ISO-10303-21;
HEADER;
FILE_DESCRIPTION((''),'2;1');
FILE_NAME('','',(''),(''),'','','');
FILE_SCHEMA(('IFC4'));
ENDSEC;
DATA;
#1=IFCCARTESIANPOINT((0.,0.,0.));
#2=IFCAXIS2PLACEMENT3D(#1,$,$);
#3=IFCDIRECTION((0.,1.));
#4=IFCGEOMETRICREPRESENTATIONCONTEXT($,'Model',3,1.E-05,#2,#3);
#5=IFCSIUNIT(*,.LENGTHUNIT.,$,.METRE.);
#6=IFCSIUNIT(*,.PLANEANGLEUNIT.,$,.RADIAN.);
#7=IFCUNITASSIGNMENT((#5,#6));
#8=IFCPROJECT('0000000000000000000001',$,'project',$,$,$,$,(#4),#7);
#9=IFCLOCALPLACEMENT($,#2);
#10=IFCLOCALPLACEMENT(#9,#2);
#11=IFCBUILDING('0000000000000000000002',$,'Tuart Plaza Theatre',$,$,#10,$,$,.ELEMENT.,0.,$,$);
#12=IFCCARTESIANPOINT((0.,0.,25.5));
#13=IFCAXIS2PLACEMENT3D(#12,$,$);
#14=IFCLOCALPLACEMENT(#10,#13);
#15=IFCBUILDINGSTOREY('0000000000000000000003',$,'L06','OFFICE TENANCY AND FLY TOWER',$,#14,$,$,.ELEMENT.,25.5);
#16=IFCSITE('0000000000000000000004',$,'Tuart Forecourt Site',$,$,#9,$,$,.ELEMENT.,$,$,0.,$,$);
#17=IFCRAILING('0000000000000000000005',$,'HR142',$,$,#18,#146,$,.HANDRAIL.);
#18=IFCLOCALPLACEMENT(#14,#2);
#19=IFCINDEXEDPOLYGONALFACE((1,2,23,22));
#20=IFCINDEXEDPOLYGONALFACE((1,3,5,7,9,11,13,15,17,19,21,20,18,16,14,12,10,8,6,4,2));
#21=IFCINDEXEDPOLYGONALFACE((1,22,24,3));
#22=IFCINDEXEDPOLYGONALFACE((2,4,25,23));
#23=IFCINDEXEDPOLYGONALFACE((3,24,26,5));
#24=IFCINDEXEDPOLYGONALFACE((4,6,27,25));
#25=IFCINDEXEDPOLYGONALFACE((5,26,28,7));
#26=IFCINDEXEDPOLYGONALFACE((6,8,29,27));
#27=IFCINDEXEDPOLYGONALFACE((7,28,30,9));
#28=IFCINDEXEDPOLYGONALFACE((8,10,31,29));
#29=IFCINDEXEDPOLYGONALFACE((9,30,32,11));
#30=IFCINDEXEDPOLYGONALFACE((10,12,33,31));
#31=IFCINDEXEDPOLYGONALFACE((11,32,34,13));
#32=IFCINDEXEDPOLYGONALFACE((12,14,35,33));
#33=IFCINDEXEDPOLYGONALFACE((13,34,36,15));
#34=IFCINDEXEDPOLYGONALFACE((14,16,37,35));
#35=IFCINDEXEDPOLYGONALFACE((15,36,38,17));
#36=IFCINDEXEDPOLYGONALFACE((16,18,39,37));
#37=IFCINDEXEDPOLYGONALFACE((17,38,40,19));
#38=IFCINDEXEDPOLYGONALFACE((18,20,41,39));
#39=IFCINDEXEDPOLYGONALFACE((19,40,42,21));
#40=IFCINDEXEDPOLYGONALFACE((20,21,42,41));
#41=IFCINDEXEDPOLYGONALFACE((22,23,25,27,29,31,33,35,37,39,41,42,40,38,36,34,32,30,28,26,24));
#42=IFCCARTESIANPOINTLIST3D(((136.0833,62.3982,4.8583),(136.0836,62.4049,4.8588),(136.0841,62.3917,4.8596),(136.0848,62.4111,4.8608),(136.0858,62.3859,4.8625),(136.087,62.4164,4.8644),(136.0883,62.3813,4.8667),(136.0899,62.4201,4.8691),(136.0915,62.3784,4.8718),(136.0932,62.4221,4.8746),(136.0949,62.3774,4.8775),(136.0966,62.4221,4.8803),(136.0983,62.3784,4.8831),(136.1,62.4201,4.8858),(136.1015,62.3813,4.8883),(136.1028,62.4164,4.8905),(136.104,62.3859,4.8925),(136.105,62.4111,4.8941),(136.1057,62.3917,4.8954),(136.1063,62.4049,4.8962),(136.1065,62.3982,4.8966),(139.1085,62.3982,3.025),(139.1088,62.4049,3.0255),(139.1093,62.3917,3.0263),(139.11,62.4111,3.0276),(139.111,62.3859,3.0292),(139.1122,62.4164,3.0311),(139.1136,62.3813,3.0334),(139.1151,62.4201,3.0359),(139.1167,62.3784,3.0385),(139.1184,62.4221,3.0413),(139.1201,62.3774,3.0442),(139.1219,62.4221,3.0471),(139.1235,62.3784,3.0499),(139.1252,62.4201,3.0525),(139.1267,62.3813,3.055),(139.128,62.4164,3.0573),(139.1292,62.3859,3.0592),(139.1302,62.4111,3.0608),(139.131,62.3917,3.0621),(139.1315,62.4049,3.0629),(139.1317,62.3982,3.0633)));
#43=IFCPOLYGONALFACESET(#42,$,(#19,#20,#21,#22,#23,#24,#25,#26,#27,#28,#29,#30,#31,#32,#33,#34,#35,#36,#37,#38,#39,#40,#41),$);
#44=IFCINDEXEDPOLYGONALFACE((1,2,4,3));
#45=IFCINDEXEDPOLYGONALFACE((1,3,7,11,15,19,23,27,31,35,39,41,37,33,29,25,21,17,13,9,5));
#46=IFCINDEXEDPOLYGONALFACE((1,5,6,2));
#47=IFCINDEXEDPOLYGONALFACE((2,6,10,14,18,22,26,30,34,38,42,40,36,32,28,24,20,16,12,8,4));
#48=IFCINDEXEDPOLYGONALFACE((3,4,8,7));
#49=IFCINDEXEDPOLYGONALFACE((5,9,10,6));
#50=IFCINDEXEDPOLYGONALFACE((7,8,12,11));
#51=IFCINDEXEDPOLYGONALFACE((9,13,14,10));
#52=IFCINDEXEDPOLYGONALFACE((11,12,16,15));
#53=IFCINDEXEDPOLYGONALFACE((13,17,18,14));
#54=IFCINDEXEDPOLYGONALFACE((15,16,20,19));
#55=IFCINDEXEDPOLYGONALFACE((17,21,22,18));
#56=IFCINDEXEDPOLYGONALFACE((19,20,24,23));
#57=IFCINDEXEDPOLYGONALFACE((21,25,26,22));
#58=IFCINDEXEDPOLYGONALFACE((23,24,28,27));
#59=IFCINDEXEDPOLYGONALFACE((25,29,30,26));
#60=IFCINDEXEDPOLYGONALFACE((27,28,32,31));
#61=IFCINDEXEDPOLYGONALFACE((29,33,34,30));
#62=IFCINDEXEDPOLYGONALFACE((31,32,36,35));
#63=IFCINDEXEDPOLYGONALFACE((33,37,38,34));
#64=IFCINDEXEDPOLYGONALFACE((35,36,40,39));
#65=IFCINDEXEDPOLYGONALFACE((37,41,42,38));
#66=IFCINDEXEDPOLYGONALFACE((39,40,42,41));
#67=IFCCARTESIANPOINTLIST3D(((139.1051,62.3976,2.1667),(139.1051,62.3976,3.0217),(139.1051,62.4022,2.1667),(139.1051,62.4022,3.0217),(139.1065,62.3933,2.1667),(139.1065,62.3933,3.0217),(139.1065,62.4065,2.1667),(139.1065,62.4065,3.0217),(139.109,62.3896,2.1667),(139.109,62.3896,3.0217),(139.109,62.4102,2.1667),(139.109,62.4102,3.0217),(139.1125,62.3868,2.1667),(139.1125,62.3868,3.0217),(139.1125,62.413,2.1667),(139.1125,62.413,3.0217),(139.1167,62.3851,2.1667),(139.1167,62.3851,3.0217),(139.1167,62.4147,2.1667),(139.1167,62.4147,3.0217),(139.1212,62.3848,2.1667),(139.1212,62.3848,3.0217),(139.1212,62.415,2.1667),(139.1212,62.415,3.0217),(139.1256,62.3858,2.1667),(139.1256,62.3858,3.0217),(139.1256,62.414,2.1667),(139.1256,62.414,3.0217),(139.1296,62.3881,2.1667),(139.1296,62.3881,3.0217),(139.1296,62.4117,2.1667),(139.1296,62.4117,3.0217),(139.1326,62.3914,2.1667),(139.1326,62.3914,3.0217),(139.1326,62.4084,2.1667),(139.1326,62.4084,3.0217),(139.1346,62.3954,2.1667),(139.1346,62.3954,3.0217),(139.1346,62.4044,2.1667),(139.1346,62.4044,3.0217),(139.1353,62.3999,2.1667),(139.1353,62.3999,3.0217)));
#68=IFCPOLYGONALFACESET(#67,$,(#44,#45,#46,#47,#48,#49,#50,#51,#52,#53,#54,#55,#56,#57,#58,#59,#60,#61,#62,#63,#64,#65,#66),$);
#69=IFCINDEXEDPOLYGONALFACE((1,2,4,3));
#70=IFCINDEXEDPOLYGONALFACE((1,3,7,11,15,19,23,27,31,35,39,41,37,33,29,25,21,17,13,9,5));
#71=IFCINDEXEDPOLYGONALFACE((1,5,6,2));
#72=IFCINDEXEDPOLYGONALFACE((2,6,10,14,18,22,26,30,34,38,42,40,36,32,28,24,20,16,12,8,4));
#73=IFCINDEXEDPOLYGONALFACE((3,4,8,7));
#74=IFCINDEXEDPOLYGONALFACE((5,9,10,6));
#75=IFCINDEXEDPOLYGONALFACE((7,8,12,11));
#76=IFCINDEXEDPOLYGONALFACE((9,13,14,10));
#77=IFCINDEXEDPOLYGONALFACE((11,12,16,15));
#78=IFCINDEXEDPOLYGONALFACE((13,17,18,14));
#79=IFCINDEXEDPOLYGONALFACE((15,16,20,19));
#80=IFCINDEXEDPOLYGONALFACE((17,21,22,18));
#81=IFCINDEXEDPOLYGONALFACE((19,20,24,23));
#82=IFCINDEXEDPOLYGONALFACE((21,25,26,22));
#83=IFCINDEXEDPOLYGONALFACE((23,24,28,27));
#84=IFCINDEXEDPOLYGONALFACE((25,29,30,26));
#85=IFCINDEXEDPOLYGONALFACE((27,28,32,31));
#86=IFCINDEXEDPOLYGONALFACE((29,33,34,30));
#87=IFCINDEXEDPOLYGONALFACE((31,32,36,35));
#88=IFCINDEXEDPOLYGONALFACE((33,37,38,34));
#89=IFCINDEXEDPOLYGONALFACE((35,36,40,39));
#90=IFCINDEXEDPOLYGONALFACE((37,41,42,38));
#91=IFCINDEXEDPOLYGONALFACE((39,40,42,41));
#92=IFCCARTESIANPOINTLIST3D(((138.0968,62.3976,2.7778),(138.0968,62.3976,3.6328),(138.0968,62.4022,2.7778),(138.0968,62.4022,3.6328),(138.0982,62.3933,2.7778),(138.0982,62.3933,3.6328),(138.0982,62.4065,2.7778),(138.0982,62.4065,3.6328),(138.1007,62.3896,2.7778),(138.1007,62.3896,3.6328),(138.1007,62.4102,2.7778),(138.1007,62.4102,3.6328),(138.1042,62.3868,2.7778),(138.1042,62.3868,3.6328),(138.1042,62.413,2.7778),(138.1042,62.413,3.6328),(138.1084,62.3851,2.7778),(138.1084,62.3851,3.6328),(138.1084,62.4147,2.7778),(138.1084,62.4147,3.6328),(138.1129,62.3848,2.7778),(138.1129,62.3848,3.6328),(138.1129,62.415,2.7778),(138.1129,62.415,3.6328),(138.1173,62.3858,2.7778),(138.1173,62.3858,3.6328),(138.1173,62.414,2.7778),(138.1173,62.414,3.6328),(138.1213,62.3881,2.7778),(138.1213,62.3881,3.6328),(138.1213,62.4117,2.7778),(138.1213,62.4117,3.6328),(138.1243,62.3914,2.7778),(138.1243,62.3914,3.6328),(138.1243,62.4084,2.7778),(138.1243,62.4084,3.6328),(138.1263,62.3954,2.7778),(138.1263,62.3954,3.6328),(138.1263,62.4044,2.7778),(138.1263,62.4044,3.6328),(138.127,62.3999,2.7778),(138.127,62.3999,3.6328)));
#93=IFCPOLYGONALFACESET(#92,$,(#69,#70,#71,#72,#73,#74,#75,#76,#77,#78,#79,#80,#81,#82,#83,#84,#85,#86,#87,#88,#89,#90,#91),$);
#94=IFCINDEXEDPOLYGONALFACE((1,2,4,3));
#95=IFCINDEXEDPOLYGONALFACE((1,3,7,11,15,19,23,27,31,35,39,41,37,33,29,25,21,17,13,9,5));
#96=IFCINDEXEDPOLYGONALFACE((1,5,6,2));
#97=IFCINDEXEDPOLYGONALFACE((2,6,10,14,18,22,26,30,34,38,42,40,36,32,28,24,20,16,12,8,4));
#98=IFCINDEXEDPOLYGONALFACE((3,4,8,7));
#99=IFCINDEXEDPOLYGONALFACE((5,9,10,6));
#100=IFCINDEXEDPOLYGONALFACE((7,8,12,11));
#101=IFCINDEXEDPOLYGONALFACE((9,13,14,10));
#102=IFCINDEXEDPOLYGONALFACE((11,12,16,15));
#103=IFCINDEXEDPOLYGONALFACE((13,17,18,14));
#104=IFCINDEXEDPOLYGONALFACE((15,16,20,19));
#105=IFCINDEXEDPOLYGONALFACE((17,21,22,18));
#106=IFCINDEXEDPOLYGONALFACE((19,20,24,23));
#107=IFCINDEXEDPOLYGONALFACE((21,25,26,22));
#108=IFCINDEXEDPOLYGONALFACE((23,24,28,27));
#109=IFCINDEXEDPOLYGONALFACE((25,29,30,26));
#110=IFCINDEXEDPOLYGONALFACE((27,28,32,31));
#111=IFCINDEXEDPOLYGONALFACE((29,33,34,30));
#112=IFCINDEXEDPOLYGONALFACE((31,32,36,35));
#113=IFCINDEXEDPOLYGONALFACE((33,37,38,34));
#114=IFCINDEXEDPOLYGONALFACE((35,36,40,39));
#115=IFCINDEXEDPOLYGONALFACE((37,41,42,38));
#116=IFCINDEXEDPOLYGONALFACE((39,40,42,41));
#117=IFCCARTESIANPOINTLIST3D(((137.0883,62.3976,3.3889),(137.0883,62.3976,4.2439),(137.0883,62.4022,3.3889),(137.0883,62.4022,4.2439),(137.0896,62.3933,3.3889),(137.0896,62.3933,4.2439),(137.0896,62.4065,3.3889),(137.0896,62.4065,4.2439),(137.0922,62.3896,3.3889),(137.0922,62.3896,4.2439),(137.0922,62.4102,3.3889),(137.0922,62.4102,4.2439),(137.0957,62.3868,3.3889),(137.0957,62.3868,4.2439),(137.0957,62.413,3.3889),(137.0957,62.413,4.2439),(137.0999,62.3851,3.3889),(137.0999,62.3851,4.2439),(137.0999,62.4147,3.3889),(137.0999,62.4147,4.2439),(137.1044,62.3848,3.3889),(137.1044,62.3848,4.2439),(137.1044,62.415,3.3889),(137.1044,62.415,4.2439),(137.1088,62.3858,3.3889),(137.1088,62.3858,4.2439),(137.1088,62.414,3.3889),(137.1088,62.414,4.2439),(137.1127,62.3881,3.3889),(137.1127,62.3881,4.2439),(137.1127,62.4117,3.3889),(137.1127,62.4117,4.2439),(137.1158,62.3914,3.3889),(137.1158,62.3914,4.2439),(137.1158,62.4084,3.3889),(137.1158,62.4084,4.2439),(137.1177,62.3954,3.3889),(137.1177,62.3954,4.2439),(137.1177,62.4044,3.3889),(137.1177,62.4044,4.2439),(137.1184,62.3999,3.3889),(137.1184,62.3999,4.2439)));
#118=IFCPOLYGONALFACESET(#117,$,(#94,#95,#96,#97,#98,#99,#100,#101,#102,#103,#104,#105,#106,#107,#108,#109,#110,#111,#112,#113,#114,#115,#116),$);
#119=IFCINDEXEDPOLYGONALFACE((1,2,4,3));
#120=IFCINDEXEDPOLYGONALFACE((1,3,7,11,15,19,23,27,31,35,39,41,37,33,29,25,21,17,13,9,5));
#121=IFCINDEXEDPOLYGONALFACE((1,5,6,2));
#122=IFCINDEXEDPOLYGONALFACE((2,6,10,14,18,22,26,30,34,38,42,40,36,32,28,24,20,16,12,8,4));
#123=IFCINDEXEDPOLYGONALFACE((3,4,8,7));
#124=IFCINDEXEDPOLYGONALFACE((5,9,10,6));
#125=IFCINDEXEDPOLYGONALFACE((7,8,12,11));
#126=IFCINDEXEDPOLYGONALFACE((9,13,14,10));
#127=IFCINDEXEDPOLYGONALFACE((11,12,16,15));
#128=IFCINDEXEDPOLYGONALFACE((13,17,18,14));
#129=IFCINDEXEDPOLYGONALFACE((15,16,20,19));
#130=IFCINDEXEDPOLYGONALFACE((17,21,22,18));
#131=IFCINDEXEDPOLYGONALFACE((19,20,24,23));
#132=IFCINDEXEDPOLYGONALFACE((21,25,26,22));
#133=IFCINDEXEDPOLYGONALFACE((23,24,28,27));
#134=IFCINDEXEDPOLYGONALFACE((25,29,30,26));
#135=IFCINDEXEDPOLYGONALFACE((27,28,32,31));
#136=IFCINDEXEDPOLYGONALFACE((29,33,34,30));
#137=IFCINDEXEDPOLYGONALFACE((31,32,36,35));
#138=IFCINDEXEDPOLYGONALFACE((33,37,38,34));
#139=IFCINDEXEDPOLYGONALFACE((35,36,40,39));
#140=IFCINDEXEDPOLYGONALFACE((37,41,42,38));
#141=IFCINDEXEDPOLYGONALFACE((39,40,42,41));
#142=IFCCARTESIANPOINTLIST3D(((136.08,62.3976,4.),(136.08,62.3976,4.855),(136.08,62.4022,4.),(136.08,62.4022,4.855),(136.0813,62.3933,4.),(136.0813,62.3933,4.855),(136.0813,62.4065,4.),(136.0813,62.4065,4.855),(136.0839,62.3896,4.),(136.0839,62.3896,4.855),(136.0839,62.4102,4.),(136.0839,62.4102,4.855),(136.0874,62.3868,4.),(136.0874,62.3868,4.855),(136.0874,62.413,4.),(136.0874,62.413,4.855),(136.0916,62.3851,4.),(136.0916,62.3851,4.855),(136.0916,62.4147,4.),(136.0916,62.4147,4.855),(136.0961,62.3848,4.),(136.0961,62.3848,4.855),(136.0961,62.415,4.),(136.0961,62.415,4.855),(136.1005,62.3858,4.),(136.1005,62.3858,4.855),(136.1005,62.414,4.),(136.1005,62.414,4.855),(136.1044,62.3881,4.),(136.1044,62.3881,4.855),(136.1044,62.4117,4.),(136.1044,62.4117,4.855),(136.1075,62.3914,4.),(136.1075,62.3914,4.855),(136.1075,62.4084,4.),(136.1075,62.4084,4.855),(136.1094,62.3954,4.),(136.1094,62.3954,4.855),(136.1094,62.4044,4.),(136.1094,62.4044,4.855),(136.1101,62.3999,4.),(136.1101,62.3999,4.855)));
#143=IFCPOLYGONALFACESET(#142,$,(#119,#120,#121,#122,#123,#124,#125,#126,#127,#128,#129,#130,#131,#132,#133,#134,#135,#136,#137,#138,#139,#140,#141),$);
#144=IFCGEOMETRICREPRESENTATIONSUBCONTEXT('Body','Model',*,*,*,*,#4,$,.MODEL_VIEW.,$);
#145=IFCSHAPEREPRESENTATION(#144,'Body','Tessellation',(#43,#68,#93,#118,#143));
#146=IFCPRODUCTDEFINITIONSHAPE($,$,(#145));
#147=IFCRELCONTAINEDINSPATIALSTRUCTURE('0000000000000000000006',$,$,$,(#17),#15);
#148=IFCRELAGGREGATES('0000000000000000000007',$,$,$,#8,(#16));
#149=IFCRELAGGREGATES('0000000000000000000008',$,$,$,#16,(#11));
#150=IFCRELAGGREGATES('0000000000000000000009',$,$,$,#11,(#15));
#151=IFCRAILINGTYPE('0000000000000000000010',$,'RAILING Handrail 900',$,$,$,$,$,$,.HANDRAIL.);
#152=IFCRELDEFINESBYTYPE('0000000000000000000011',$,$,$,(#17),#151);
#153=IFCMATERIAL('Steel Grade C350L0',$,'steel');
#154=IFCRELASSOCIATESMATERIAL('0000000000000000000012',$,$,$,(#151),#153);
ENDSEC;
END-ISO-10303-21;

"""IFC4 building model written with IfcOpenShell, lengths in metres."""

from ifc_helpers import new_model, si_unit, direction, frame, origin, origin_2d, place, context, subcontext, project, spatial, circle, extrude, material, type_object, element, save


model = new_model("IFC4")

# Units and contexts
model_context = context("Model", 3, precision=1e-05, world=origin(), true_north=direction((0.0, 1.0)))
body_context = subcontext(model_context, "Body", "Model", "MODEL_VIEW")
ifc_project = project(units=[si_unit("LENGTHUNIT", "METRE"), si_unit("PLANEANGLEUNIT", "RADIAN")], contexts=[model_context])

# Site, building, storey
site_placement = place(None, origin())
site = spatial("IfcSite", under=ifc_project, at=site_placement, Name="Tuart Forecourt Site", CompositionType="ELEMENT", RefElevation=0.0)
building_placement = place(site_placement, origin())
building = spatial("IfcBuilding", under=site, at=building_placement, Name="Tuart Plaza Theatre", CompositionType="ELEMENT", ElevationOfRefHeight=0.0)
storey_placement = place(building_placement, frame((0.0, 0.0, 25.5)))
storey = spatial("IfcBuildingStorey", under=building, at=storey_placement, Name="L06", Description="OFFICE TENANCY AND FLY TOWER", CompositionType="ELEMENT", Elevation=25.5)

# Railing
ifc_material_1 = material(Name="Steel Grade C350L0", Category="steel")
railing_type_1 = type_object("IfcRailingType", Name="RAILING Handrail 900", PredefinedType="HANDRAIL", material=ifc_material_1)
for number, where, name in (
    (1, (139.1201, 62.3999, 2.1667), "HR142"),
):
    element("IfcRailing", number, at=place(storey_placement, frame(where)), inside=storey, type_object=railing_type_1, Name=name, PredefinedType="HANDRAIL", context=body_context, shape_type="SweptSolid", body=[
        extrude(circle(Radius=0.0225, at=origin_2d()), frame((0.0, 0.0, 0.8774), z_axis=(-0.855219, 0.0, 0.518267), x_axis=(0.0, -1.0, 0.0)), (0.0, 0.0, 1.0), 3.5374),
        extrude(circle(Radius=0.0151, at=origin_2d()), origin(), (0.0, 0.0, 1.0), 0.855),
        extrude(circle(Radius=0.0151, at=origin_2d()), frame((-1.0083, 0.0, 0.6111)), (0.0, 0.0, 1.0), 0.855),
        extrude(circle(Radius=0.0151, at=origin_2d()), frame((-2.0168, 0.0, 1.2222)), (0.0, 0.0, 1.0), 0.855),
        extrude(circle(Radius=0.0151, at=origin_2d()), frame((-3.0251, 0.0, 1.8333)), (0.0, 0.0, 1.0), 0.855),
    ])

save(model, "model.ifc")
